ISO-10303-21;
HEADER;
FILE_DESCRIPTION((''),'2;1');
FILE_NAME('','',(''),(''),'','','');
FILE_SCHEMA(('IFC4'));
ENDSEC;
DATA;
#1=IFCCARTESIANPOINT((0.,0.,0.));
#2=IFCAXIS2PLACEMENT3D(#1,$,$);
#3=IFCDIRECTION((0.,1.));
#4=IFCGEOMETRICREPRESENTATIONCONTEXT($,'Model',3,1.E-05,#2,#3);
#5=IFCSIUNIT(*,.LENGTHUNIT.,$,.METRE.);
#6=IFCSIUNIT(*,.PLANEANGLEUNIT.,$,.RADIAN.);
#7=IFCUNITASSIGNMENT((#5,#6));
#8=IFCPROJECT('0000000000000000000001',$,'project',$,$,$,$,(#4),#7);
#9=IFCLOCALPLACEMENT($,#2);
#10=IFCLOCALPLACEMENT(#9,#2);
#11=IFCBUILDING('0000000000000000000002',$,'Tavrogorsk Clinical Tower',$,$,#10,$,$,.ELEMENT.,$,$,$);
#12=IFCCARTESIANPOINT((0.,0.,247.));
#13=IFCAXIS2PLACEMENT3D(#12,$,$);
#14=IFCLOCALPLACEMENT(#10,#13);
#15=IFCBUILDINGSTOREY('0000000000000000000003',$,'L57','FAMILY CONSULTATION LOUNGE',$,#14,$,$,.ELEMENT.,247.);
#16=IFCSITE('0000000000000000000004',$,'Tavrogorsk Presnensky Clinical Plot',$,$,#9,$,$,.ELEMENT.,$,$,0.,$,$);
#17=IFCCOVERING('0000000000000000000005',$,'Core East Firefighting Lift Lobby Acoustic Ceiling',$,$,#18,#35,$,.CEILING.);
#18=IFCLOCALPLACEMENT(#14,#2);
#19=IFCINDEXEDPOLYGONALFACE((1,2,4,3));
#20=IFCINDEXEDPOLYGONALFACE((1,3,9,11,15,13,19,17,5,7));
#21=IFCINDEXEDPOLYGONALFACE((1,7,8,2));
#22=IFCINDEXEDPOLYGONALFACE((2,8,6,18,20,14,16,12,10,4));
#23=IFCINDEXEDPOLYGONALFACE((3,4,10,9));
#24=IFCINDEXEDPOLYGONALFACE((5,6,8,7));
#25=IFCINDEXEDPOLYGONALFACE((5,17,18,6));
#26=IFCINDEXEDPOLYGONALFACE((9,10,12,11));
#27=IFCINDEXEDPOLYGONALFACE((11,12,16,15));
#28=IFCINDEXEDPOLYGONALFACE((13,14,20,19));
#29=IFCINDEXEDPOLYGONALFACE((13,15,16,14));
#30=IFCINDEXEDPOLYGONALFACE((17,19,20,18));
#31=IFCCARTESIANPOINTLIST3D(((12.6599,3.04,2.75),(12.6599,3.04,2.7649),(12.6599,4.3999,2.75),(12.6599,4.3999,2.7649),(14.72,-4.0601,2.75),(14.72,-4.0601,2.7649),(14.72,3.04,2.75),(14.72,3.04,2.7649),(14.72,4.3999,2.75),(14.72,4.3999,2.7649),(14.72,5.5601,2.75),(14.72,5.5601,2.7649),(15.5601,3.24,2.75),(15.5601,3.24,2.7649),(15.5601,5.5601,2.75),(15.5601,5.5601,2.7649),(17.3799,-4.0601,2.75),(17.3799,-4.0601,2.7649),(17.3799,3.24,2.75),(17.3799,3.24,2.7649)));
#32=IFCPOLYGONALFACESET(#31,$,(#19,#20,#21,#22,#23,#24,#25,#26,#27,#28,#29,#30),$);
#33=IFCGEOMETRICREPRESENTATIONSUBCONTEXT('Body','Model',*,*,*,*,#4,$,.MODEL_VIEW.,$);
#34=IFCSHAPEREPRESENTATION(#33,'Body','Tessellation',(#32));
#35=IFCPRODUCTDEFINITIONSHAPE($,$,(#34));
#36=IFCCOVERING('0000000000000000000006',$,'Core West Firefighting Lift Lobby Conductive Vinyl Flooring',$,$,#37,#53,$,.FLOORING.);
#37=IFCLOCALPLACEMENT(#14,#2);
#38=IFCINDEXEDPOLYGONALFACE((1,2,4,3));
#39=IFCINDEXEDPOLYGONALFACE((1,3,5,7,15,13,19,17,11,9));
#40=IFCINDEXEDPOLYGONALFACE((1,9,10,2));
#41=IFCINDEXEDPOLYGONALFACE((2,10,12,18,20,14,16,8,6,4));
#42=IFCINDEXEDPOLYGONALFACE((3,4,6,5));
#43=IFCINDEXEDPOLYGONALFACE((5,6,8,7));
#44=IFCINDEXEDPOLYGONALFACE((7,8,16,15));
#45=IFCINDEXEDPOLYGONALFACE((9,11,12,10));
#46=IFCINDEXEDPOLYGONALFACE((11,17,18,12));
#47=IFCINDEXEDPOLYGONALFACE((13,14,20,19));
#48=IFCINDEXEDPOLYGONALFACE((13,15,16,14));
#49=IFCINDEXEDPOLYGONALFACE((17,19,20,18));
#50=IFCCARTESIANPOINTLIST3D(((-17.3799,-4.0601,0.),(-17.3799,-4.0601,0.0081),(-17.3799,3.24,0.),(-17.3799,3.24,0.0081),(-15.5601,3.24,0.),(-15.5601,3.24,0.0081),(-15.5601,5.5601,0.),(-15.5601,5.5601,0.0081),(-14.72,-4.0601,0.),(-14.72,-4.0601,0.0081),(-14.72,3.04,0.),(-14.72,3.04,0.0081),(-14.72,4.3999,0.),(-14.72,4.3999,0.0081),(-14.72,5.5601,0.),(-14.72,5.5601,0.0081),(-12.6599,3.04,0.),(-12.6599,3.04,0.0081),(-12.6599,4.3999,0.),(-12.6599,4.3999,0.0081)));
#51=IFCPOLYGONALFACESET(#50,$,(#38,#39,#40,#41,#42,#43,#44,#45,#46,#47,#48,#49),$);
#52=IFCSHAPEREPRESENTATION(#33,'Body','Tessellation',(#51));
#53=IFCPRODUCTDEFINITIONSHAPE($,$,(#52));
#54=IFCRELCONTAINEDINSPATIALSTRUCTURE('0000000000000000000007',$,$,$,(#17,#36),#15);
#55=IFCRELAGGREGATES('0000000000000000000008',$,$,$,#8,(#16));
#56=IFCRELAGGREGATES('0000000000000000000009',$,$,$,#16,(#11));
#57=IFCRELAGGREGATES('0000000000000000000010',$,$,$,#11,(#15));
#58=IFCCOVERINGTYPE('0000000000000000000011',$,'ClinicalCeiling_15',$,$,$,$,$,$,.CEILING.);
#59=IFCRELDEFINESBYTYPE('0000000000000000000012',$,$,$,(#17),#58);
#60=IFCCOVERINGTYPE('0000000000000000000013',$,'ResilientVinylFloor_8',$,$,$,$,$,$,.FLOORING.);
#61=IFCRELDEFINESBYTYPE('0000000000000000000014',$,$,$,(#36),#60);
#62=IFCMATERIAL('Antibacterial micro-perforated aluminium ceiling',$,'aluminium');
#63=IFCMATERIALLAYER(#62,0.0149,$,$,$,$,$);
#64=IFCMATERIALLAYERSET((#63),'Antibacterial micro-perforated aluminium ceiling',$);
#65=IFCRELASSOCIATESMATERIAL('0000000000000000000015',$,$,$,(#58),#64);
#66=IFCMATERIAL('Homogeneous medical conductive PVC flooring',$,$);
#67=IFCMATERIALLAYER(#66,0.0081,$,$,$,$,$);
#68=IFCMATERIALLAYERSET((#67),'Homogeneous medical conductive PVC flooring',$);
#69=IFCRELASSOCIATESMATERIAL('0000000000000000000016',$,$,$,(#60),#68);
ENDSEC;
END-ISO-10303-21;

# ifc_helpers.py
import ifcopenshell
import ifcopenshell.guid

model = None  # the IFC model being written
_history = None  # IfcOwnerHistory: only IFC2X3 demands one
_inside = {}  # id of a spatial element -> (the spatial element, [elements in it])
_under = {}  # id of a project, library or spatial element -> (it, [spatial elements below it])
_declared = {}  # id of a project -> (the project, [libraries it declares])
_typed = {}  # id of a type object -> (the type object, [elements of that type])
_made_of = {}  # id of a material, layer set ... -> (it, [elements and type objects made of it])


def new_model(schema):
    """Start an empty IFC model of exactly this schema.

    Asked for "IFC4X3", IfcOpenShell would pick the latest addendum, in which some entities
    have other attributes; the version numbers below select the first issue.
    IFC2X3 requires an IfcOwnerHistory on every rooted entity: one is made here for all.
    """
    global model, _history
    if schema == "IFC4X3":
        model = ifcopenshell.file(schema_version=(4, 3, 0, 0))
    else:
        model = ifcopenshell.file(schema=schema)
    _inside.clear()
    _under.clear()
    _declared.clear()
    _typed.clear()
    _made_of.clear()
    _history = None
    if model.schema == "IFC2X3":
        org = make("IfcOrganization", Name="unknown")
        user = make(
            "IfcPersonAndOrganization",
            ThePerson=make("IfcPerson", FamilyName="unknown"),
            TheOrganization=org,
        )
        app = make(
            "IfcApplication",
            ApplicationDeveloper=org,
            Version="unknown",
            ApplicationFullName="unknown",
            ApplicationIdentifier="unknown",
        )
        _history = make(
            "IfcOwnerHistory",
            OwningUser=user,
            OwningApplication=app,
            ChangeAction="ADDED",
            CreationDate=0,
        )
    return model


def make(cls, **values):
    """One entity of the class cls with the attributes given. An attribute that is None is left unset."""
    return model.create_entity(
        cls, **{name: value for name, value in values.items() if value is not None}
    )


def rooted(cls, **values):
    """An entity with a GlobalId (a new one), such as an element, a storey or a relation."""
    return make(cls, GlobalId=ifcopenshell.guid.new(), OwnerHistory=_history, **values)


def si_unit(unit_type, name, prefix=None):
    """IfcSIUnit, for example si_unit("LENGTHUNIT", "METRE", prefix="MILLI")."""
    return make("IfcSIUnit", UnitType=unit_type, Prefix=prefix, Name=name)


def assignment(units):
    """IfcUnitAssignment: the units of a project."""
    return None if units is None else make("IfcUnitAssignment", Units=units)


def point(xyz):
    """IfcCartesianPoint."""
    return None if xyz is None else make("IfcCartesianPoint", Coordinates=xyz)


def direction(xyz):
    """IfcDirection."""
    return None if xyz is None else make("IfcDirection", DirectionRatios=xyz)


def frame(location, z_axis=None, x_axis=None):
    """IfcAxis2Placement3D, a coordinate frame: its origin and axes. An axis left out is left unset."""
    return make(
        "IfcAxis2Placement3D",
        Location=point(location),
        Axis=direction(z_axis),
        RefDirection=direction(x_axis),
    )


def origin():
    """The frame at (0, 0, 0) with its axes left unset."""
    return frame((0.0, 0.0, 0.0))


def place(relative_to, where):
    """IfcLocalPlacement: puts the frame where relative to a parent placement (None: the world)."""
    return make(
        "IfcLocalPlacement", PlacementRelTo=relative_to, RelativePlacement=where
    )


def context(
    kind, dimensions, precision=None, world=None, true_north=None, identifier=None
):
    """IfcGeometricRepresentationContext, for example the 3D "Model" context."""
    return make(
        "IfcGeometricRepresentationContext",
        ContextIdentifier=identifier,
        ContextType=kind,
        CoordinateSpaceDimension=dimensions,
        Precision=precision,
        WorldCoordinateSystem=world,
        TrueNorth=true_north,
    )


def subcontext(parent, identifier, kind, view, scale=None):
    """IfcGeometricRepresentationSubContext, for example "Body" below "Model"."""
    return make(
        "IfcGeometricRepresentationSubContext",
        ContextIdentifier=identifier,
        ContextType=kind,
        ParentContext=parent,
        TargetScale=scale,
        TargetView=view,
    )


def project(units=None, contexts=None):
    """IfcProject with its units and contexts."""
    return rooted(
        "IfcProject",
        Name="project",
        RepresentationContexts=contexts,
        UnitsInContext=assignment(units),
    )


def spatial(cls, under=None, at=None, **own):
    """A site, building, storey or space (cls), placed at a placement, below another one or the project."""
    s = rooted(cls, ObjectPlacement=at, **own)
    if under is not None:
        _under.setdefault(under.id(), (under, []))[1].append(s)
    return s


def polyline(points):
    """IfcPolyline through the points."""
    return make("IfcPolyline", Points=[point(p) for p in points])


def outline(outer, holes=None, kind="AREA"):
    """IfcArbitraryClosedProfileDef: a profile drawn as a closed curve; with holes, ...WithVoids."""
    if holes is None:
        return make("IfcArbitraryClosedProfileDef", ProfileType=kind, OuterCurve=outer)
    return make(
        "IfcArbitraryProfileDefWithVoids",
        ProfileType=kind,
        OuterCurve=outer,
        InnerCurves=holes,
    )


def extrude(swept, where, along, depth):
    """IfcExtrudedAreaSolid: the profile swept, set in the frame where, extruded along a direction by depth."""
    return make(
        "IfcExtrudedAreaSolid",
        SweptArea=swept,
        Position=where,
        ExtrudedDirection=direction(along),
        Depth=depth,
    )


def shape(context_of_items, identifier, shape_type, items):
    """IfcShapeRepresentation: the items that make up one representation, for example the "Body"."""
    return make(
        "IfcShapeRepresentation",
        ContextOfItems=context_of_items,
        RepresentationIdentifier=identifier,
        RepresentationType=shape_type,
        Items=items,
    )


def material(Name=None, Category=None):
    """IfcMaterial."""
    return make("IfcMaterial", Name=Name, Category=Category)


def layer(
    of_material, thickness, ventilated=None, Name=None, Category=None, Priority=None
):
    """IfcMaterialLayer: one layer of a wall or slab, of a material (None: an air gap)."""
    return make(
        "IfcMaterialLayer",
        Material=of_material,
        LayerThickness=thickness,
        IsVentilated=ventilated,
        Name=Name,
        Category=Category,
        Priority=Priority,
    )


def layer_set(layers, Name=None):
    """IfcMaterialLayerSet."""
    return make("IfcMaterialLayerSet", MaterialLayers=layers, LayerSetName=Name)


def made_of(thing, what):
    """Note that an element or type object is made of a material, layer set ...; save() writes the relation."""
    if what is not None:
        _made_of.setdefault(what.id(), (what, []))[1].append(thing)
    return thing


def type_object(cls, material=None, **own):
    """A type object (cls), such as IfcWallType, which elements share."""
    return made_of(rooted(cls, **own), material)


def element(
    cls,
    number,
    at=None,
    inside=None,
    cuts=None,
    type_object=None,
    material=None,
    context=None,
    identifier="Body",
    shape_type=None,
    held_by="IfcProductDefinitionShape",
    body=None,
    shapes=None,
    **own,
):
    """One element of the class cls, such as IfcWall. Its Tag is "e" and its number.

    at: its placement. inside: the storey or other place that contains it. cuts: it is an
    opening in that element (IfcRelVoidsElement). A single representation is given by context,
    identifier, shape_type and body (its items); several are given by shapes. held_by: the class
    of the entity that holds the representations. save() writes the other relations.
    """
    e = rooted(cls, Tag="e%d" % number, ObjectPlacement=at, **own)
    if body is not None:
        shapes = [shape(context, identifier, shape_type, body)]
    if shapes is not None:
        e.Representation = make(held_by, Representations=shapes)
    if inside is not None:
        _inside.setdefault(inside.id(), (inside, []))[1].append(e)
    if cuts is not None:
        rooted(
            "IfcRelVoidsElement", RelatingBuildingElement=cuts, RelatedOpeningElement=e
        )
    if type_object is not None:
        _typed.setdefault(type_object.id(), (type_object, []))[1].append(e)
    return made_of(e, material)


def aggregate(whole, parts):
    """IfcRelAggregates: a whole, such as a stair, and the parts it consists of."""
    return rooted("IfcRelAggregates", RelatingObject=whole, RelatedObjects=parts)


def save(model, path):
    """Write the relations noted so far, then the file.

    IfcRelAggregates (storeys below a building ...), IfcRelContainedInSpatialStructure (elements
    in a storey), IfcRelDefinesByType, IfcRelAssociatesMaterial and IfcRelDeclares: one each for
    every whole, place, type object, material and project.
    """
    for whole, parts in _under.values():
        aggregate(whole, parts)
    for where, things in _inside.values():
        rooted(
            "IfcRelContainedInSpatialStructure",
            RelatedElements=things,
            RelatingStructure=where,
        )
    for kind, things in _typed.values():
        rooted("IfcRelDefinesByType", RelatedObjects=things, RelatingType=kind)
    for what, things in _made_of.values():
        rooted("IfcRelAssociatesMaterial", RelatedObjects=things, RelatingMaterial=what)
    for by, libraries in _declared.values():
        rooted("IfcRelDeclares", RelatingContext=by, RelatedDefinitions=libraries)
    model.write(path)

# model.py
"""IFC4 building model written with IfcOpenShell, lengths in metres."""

from ifc_helpers import new_model, si_unit, direction, frame, origin, place, context, subcontext, project, spatial, polyline, outline, extrude, material, layer, layer_set, type_object, element, save


model = new_model("IFC4")

# Units and contexts
model_context = context("Model", 3, precision=1e-05, world=origin(), true_north=direction((0.0, 1.0)))
body_context = subcontext(model_context, "Body", "Model", "MODEL_VIEW")
ifc_project = project(units=[si_unit("LENGTHUNIT", "METRE"), si_unit("PLANEANGLEUNIT", "RADIAN")], contexts=[model_context])

# Site, building, storey
site_placement = place(None, origin())
site = spatial("IfcSite", under=ifc_project, at=site_placement, Name="Tavrogorsk Presnensky Clinical Plot", CompositionType="ELEMENT", RefElevation=0.0)
building_placement = place(site_placement, origin())
building = spatial("IfcBuilding", under=site, at=building_placement, Name="Tavrogorsk Clinical Tower", CompositionType="ELEMENT")
storey_placement = place(building_placement, frame((0.0, 0.0, 247.0)))
storey = spatial("IfcBuildingStorey", under=building, at=storey_placement, Name="L57", Description="FAMILY CONSULTATION LOUNGE", CompositionType="ELEMENT", Elevation=247.0)

# Coverings
ifc_material_1 = material(Name="Antibacterial micro-perforated aluminium ceiling", Category="aluminium")
ifc_layer_1 = layer(ifc_material_1, 0.0149)
ifc_layer_set_1 = layer_set([ifc_layer_1], Name="Antibacterial micro-perforated aluminium ceiling")
covering_type_1 = type_object("IfcCoveringType", Name="ClinicalCeiling_15", PredefinedType="CEILING", material=ifc_layer_set_1)
covering_1_placement = place(storey_placement, frame((0.0, 0.0, 2.75)))
element("IfcCovering", 1, at=covering_1_placement, inside=storey, type_object=covering_type_1, Name="Core East Firefighting Lift Lobby Acoustic Ceiling", PredefinedType="CEILING", context=body_context, shape_type="SweptSolid", body=[
    extrude(outline(polyline([(14.72, 3.04), (12.6599, 3.04), (12.6599, 4.3999), (14.72, 4.3999), (14.72, 5.5601), (15.5601, 5.5601), (15.5601, 3.24), (17.3799, 3.24), (17.3799, -4.0601), (14.72, -4.0601), (14.72, 3.04)])), origin(), (0.0, 0.0, 1.0), 0.0149),
])
ifc_material_2 = material(Name="Homogeneous medical conductive PVC flooring")
ifc_layer_2 = layer(ifc_material_2, 0.0081)
ifc_layer_set_2 = layer_set([ifc_layer_2], Name="Homogeneous medical conductive PVC flooring")
covering_type_2 = type_object("IfcCoveringType", Name="ResilientVinylFloor_8", PredefinedType="FLOORING", material=ifc_layer_set_2)
covering_2_placement = place(storey_placement, origin())
element("IfcCovering", 2, at=covering_2_placement, inside=storey, type_object=covering_type_2, Name="Core West Firefighting Lift Lobby Conductive Vinyl Flooring", PredefinedType="FLOORING", context=body_context, shape_type="SweptSolid", body=[
    extrude(outline(polyline([(-17.3799, -4.0601), (-17.3799, 3.24), (-15.5601, 3.24), (-15.5601, 5.5601), (-14.72, 5.5601), (-14.72, 4.3999), (-12.6599, 4.3999), (-12.6599, 3.04), (-14.72, 3.04), (-14.72, -4.0601), (-17.3799, -4.0601)])), origin(), (0.0, 0.0, 1.0), 0.0081),
])

save(model, "model.ifc")
